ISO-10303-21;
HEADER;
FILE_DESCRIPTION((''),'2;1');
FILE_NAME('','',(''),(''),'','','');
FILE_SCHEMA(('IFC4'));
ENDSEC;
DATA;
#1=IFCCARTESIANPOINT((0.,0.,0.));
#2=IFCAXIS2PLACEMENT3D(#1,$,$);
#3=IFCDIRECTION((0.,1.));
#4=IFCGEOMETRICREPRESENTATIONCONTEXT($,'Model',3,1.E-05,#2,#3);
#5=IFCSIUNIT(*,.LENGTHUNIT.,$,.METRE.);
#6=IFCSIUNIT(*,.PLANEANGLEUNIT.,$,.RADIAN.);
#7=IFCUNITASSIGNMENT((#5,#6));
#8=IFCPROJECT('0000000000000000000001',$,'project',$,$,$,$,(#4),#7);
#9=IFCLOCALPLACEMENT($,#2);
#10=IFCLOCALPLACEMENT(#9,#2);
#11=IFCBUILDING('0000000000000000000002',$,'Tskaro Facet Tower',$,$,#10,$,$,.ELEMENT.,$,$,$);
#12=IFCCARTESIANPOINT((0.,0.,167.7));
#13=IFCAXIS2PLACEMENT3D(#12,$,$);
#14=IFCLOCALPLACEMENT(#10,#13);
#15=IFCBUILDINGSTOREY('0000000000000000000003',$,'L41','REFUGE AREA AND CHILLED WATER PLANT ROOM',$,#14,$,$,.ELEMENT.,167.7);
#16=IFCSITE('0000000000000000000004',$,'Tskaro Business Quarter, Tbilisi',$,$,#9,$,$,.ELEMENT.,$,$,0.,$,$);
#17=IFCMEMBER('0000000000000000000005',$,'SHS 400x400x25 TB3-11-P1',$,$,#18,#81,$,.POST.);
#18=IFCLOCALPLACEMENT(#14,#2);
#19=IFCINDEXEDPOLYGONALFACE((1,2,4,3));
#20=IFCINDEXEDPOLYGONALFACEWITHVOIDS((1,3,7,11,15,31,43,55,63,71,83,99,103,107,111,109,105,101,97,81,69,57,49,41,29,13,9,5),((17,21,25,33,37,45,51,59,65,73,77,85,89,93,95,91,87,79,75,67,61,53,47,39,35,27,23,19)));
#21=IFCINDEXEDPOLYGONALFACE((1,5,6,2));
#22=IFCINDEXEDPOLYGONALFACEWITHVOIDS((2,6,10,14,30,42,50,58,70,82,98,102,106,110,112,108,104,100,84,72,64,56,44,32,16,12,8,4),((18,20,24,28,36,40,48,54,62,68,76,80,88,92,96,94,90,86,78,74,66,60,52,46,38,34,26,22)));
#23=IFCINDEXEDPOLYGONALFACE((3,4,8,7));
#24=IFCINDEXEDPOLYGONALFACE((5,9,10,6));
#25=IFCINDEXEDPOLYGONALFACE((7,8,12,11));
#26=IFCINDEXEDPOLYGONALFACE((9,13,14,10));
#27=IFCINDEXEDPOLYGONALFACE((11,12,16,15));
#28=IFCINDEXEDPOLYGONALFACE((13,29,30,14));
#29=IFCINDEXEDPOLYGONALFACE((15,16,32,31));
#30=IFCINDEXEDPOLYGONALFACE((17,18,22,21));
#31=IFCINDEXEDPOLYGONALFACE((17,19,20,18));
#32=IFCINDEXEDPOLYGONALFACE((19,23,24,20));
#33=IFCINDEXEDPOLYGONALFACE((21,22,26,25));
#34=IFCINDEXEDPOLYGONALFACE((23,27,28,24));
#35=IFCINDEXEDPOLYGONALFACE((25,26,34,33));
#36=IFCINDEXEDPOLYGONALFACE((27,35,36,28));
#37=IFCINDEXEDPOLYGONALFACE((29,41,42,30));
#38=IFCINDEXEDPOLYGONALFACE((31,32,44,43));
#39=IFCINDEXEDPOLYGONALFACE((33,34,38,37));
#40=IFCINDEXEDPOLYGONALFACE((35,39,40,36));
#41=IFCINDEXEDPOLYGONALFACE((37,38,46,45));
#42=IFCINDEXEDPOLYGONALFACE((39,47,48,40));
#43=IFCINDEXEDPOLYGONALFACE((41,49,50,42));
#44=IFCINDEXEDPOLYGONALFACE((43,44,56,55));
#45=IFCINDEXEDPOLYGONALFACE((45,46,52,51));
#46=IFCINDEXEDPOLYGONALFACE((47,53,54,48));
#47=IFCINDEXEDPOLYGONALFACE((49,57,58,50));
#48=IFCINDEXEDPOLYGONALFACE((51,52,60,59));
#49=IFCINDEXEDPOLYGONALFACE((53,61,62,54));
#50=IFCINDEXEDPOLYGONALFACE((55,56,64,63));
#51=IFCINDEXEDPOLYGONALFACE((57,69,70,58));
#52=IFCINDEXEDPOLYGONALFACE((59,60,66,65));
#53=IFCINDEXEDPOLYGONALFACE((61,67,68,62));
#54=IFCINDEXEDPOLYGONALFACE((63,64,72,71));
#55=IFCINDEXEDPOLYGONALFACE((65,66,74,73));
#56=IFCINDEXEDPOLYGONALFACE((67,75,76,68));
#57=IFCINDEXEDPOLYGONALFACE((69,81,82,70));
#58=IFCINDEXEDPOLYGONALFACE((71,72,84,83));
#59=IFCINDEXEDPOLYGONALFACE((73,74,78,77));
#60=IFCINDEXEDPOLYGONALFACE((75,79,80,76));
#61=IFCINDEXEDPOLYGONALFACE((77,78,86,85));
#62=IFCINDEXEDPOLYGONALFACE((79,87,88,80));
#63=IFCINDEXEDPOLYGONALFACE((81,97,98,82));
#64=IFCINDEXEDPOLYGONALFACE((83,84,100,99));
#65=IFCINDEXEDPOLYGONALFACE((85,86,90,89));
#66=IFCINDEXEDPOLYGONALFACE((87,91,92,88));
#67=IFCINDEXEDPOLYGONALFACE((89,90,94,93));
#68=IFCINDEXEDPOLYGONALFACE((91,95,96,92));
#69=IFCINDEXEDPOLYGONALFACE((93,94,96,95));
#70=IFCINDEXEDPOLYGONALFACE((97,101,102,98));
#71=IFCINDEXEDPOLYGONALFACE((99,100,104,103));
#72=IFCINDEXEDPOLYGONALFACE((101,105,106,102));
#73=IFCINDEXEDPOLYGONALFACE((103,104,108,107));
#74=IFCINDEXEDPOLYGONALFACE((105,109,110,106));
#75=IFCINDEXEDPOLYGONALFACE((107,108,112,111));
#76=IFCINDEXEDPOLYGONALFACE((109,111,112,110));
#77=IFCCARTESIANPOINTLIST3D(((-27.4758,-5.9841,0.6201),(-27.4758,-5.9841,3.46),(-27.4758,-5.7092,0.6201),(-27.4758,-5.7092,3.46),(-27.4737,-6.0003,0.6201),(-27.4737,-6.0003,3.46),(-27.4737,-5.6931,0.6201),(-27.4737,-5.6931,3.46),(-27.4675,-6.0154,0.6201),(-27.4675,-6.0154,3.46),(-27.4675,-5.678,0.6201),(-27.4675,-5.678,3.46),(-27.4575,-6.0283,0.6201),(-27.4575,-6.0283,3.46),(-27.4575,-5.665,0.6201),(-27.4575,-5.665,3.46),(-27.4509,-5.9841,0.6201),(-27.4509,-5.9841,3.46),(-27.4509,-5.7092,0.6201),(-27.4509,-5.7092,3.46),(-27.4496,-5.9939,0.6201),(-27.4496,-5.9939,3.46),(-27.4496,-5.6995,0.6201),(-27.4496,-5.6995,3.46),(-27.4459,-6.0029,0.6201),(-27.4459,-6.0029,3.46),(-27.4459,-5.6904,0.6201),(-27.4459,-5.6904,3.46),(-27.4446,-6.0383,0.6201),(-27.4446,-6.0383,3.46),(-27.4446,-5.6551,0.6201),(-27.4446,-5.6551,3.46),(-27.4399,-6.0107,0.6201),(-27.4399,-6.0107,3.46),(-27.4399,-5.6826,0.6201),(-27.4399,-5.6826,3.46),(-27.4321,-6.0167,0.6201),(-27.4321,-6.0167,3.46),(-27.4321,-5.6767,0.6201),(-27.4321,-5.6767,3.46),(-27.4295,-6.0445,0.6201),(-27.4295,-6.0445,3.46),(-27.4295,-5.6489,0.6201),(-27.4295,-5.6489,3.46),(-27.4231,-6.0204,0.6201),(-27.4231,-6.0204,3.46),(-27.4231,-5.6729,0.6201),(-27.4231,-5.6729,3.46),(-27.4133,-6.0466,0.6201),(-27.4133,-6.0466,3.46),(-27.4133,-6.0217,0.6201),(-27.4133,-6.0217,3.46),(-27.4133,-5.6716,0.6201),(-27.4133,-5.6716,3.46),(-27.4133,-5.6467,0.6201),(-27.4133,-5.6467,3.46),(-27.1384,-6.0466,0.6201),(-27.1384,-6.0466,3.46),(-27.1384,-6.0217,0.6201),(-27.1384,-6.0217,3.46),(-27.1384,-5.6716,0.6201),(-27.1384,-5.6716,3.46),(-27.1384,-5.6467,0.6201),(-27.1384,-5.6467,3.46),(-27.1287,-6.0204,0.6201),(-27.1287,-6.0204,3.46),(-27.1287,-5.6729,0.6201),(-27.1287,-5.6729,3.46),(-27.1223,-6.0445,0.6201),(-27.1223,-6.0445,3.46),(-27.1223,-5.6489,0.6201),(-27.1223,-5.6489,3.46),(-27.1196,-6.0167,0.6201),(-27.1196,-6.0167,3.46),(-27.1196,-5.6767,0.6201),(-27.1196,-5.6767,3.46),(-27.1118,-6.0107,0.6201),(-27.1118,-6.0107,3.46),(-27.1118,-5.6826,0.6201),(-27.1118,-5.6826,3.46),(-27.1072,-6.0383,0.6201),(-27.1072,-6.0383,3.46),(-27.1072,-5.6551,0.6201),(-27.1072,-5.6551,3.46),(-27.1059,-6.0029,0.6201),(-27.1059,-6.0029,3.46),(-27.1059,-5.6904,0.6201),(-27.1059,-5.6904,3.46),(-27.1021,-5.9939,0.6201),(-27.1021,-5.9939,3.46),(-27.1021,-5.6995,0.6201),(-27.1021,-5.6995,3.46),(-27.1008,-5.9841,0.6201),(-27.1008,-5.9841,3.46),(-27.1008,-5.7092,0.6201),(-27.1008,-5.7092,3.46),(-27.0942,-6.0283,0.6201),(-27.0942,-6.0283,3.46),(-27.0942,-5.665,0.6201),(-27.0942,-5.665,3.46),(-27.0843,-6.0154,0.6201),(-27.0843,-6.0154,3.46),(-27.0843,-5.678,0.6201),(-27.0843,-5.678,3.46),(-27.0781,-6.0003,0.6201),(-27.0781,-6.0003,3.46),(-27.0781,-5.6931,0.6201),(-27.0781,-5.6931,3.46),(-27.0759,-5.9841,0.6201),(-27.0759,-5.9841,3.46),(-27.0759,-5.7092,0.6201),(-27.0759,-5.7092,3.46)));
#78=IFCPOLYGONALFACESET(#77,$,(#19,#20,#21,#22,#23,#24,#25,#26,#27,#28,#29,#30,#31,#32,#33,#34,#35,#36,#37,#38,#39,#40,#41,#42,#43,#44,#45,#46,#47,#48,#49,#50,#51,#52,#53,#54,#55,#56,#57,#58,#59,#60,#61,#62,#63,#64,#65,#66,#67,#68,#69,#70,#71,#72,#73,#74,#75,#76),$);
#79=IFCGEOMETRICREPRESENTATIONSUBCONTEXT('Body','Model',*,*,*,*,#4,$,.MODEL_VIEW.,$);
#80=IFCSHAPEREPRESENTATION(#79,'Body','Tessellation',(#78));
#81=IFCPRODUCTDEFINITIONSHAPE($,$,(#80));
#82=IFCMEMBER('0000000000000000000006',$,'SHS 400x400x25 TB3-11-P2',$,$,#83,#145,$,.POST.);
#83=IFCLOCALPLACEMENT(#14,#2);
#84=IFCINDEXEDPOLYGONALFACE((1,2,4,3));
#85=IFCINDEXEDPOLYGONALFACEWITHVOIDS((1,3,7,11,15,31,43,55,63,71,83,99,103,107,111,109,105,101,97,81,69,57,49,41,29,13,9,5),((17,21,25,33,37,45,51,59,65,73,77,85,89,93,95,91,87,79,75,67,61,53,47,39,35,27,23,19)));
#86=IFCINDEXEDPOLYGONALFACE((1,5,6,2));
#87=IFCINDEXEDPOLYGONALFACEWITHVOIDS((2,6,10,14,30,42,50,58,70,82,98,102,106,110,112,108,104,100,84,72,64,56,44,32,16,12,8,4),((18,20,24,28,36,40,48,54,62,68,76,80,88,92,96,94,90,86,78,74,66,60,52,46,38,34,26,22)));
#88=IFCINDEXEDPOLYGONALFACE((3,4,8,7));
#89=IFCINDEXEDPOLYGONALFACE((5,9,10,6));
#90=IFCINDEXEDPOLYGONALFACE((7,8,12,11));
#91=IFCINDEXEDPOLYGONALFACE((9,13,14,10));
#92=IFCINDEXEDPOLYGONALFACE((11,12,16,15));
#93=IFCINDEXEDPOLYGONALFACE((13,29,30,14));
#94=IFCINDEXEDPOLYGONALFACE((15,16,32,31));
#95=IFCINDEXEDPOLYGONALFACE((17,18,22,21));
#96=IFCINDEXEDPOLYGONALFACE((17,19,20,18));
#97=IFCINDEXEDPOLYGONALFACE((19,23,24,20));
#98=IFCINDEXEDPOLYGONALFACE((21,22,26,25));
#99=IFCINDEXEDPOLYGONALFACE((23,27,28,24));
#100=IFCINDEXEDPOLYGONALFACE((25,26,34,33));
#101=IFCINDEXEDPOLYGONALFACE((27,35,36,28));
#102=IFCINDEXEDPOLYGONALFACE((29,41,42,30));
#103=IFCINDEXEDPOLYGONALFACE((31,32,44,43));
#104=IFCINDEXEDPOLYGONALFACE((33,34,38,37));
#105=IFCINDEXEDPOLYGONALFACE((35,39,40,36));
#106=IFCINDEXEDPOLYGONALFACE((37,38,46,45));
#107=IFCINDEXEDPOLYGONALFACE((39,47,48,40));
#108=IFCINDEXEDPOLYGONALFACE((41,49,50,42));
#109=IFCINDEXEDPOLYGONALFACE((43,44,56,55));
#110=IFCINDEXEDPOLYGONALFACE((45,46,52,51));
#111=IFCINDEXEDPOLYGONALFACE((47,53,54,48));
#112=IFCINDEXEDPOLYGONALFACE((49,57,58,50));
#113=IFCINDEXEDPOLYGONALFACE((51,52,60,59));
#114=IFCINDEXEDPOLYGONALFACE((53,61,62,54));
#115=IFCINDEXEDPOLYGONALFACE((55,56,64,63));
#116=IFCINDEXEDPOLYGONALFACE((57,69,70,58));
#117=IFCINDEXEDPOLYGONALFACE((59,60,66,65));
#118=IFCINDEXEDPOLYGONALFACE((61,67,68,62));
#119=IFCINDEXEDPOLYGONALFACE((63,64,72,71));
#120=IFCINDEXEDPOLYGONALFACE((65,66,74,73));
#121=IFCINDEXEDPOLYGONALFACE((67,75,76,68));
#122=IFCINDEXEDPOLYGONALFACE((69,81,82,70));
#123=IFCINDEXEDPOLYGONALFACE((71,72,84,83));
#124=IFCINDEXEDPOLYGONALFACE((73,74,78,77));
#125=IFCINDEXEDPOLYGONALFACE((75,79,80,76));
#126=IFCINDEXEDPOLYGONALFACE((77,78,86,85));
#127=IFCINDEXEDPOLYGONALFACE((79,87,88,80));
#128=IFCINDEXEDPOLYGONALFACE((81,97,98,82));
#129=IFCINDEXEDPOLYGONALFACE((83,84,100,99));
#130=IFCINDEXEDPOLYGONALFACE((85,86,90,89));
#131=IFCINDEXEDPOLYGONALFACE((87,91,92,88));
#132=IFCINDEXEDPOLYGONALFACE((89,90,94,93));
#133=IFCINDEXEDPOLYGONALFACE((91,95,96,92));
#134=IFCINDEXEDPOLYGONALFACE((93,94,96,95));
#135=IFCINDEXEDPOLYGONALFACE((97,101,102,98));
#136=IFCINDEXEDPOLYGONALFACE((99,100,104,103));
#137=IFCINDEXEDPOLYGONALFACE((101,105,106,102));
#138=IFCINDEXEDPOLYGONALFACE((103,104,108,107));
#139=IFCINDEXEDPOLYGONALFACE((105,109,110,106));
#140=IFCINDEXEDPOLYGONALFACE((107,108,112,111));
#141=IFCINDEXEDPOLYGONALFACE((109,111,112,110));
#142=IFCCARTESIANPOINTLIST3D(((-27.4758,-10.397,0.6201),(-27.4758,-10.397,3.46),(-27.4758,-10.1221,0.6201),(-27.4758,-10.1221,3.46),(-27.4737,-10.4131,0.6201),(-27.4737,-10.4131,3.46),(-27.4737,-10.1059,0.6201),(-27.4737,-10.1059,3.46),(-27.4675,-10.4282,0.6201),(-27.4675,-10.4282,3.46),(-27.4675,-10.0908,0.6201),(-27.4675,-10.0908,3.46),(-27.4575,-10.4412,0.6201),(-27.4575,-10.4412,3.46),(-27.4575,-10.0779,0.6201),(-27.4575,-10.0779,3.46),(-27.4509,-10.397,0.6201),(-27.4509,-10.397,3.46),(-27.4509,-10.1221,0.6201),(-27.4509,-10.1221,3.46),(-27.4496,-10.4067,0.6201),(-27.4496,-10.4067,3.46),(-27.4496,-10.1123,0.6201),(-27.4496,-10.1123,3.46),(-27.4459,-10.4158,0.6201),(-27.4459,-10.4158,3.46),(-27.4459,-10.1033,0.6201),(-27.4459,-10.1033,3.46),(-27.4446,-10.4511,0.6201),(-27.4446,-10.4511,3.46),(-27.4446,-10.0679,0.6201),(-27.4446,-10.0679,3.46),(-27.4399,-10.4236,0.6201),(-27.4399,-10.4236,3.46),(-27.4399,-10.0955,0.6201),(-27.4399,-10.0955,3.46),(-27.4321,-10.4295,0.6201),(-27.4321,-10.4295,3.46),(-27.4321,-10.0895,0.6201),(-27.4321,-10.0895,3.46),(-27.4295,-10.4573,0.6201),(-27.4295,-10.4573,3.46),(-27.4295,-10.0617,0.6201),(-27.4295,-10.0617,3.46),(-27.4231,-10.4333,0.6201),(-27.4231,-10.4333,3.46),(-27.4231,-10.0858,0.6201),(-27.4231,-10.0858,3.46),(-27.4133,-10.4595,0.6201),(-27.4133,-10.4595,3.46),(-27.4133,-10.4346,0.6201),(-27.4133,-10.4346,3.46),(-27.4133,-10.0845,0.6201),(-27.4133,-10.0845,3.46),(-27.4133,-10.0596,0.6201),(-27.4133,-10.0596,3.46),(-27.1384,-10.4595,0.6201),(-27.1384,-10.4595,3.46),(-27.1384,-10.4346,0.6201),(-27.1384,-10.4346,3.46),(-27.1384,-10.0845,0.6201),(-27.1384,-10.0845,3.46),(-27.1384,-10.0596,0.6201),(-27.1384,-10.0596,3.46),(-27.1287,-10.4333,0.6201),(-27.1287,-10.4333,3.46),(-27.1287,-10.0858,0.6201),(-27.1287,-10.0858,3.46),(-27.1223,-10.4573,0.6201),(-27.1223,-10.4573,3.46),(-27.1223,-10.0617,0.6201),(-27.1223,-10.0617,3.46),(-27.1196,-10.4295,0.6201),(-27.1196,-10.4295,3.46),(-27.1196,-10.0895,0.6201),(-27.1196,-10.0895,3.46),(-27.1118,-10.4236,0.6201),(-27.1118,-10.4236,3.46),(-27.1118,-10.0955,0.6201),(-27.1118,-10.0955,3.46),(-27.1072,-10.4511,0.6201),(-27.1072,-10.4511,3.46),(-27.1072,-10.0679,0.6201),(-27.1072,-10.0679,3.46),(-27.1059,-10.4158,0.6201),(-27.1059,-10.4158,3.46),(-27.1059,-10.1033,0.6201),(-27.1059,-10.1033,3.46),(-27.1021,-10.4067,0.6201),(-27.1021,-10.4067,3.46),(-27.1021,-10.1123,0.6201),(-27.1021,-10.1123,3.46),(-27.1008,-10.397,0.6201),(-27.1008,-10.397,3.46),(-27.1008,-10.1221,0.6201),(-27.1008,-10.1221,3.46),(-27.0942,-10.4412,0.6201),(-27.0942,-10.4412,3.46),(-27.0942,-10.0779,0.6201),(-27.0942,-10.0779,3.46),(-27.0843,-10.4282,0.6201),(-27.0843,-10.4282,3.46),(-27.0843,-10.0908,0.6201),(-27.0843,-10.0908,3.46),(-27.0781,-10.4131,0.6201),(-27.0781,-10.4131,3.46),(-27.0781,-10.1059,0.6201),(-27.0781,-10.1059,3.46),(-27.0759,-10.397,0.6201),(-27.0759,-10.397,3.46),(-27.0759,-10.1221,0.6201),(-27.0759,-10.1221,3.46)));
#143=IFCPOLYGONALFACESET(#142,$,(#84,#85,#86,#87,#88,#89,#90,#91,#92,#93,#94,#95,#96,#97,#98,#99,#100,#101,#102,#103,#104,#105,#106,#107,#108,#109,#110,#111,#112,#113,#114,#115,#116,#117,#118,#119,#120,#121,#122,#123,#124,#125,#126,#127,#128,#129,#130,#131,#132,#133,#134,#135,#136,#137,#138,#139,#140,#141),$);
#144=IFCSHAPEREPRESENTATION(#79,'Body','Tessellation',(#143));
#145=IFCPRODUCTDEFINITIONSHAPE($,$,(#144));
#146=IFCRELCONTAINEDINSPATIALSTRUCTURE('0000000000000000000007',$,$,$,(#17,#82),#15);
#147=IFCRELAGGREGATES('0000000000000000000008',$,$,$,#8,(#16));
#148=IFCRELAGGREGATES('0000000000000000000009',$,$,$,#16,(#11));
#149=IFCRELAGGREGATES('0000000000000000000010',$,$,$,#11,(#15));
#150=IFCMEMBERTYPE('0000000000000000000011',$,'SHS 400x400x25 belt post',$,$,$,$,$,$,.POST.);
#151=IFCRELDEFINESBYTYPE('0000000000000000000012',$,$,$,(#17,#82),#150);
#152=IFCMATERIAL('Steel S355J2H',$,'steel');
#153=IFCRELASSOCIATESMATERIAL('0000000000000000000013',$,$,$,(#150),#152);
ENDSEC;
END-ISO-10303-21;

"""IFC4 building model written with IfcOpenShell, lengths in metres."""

from ifc_helpers import new_model, si_unit, direction, frame, origin, origin_2d, place, context, subcontext, project, spatial, hollow_rectangle, extrude, material, material_profile, profile_set, type_object, element, save


model = new_model("IFC4")

# Units and contexts
model_context = context("Model", 3, precision=1e-05, world=origin(), true_north=direction((0.0, 1.0)))
body_context = subcontext(model_context, "Body", "Model", "MODEL_VIEW")
ifc_project = project(units=[si_unit("LENGTHUNIT", "METRE"), si_unit("PLANEANGLEUNIT", "RADIAN")], contexts=[model_context])

# Site, building, storey
site_placement = place(None, origin())
site = spatial("IfcSite", under=ifc_project, at=site_placement, Name="Tskaro Business Quarter, Tbilisi", CompositionType="ELEMENT", RefElevation=0.0)
building_placement = place(site_placement, origin())
building = spatial("IfcBuilding", under=site, at=building_placement, Name="Tskaro Facet Tower", CompositionType="ELEMENT")
storey_placement = place(building_placement, frame((0.0, 0.0, 167.7)))
storey = spatial("IfcBuildingStorey", under=building, at=storey_placement, Name="L41", Description="REFUGE AREA AND CHILLED WATER PLANT ROOM", CompositionType="ELEMENT", Elevation=167.7)

# Shared definitions
ifc_material_1 = material(Name="Steel S355J2H", Category="steel")

# Members
ifc_material_profile_1 = material_profile(ifc_material_1, hollow_rectangle(XDim=0.3999, YDim=0.3999, WallThickness=0.0249, InnerFilletRadius=0.0376, OuterFilletRadius=0.0625, at=origin_2d()), Name="SHS 400x400x25")
ifc_profile_set_1 = profile_set([ifc_material_profile_1], Name="Steel S355J2H")
member_type_1 = type_object("IfcMemberType", Name="SHS 400x400x25 belt post", PredefinedType="POST", material=ifc_profile_set_1)
for number, where, z_axis, x_axis, name in (
    (1, (-27.2759, -5.8467, 0.6201), (0.0, 0.0, 1.0), (1.0, 0.0, 0.0), "SHS 400x400x25 TB3-11-P1"),
    (2, (-27.2759, -10.2595, 0.6201), (0.0, 0.0, 1.0), (1.0, 0.0, 0.0), "SHS 400x400x25 TB3-11-P2"),
):
    element("IfcMember", number, at=place(storey_placement, frame(where, z_axis=z_axis, x_axis=x_axis)), inside=storey, type_object=member_type_1, Name=name, PredefinedType="POST", context=body_context, shape_type="SweptSolid", body=[
        extrude(hollow_rectangle(XDim=0.3999, YDim=0.3999, WallThickness=0.0249, InnerFilletRadius=0.0376, OuterFilletRadius=0.0625, at=origin_2d()), origin(), (0.0, 0.0, 1.0), 2.8398),
    ])

save(model, "model.ifc")
